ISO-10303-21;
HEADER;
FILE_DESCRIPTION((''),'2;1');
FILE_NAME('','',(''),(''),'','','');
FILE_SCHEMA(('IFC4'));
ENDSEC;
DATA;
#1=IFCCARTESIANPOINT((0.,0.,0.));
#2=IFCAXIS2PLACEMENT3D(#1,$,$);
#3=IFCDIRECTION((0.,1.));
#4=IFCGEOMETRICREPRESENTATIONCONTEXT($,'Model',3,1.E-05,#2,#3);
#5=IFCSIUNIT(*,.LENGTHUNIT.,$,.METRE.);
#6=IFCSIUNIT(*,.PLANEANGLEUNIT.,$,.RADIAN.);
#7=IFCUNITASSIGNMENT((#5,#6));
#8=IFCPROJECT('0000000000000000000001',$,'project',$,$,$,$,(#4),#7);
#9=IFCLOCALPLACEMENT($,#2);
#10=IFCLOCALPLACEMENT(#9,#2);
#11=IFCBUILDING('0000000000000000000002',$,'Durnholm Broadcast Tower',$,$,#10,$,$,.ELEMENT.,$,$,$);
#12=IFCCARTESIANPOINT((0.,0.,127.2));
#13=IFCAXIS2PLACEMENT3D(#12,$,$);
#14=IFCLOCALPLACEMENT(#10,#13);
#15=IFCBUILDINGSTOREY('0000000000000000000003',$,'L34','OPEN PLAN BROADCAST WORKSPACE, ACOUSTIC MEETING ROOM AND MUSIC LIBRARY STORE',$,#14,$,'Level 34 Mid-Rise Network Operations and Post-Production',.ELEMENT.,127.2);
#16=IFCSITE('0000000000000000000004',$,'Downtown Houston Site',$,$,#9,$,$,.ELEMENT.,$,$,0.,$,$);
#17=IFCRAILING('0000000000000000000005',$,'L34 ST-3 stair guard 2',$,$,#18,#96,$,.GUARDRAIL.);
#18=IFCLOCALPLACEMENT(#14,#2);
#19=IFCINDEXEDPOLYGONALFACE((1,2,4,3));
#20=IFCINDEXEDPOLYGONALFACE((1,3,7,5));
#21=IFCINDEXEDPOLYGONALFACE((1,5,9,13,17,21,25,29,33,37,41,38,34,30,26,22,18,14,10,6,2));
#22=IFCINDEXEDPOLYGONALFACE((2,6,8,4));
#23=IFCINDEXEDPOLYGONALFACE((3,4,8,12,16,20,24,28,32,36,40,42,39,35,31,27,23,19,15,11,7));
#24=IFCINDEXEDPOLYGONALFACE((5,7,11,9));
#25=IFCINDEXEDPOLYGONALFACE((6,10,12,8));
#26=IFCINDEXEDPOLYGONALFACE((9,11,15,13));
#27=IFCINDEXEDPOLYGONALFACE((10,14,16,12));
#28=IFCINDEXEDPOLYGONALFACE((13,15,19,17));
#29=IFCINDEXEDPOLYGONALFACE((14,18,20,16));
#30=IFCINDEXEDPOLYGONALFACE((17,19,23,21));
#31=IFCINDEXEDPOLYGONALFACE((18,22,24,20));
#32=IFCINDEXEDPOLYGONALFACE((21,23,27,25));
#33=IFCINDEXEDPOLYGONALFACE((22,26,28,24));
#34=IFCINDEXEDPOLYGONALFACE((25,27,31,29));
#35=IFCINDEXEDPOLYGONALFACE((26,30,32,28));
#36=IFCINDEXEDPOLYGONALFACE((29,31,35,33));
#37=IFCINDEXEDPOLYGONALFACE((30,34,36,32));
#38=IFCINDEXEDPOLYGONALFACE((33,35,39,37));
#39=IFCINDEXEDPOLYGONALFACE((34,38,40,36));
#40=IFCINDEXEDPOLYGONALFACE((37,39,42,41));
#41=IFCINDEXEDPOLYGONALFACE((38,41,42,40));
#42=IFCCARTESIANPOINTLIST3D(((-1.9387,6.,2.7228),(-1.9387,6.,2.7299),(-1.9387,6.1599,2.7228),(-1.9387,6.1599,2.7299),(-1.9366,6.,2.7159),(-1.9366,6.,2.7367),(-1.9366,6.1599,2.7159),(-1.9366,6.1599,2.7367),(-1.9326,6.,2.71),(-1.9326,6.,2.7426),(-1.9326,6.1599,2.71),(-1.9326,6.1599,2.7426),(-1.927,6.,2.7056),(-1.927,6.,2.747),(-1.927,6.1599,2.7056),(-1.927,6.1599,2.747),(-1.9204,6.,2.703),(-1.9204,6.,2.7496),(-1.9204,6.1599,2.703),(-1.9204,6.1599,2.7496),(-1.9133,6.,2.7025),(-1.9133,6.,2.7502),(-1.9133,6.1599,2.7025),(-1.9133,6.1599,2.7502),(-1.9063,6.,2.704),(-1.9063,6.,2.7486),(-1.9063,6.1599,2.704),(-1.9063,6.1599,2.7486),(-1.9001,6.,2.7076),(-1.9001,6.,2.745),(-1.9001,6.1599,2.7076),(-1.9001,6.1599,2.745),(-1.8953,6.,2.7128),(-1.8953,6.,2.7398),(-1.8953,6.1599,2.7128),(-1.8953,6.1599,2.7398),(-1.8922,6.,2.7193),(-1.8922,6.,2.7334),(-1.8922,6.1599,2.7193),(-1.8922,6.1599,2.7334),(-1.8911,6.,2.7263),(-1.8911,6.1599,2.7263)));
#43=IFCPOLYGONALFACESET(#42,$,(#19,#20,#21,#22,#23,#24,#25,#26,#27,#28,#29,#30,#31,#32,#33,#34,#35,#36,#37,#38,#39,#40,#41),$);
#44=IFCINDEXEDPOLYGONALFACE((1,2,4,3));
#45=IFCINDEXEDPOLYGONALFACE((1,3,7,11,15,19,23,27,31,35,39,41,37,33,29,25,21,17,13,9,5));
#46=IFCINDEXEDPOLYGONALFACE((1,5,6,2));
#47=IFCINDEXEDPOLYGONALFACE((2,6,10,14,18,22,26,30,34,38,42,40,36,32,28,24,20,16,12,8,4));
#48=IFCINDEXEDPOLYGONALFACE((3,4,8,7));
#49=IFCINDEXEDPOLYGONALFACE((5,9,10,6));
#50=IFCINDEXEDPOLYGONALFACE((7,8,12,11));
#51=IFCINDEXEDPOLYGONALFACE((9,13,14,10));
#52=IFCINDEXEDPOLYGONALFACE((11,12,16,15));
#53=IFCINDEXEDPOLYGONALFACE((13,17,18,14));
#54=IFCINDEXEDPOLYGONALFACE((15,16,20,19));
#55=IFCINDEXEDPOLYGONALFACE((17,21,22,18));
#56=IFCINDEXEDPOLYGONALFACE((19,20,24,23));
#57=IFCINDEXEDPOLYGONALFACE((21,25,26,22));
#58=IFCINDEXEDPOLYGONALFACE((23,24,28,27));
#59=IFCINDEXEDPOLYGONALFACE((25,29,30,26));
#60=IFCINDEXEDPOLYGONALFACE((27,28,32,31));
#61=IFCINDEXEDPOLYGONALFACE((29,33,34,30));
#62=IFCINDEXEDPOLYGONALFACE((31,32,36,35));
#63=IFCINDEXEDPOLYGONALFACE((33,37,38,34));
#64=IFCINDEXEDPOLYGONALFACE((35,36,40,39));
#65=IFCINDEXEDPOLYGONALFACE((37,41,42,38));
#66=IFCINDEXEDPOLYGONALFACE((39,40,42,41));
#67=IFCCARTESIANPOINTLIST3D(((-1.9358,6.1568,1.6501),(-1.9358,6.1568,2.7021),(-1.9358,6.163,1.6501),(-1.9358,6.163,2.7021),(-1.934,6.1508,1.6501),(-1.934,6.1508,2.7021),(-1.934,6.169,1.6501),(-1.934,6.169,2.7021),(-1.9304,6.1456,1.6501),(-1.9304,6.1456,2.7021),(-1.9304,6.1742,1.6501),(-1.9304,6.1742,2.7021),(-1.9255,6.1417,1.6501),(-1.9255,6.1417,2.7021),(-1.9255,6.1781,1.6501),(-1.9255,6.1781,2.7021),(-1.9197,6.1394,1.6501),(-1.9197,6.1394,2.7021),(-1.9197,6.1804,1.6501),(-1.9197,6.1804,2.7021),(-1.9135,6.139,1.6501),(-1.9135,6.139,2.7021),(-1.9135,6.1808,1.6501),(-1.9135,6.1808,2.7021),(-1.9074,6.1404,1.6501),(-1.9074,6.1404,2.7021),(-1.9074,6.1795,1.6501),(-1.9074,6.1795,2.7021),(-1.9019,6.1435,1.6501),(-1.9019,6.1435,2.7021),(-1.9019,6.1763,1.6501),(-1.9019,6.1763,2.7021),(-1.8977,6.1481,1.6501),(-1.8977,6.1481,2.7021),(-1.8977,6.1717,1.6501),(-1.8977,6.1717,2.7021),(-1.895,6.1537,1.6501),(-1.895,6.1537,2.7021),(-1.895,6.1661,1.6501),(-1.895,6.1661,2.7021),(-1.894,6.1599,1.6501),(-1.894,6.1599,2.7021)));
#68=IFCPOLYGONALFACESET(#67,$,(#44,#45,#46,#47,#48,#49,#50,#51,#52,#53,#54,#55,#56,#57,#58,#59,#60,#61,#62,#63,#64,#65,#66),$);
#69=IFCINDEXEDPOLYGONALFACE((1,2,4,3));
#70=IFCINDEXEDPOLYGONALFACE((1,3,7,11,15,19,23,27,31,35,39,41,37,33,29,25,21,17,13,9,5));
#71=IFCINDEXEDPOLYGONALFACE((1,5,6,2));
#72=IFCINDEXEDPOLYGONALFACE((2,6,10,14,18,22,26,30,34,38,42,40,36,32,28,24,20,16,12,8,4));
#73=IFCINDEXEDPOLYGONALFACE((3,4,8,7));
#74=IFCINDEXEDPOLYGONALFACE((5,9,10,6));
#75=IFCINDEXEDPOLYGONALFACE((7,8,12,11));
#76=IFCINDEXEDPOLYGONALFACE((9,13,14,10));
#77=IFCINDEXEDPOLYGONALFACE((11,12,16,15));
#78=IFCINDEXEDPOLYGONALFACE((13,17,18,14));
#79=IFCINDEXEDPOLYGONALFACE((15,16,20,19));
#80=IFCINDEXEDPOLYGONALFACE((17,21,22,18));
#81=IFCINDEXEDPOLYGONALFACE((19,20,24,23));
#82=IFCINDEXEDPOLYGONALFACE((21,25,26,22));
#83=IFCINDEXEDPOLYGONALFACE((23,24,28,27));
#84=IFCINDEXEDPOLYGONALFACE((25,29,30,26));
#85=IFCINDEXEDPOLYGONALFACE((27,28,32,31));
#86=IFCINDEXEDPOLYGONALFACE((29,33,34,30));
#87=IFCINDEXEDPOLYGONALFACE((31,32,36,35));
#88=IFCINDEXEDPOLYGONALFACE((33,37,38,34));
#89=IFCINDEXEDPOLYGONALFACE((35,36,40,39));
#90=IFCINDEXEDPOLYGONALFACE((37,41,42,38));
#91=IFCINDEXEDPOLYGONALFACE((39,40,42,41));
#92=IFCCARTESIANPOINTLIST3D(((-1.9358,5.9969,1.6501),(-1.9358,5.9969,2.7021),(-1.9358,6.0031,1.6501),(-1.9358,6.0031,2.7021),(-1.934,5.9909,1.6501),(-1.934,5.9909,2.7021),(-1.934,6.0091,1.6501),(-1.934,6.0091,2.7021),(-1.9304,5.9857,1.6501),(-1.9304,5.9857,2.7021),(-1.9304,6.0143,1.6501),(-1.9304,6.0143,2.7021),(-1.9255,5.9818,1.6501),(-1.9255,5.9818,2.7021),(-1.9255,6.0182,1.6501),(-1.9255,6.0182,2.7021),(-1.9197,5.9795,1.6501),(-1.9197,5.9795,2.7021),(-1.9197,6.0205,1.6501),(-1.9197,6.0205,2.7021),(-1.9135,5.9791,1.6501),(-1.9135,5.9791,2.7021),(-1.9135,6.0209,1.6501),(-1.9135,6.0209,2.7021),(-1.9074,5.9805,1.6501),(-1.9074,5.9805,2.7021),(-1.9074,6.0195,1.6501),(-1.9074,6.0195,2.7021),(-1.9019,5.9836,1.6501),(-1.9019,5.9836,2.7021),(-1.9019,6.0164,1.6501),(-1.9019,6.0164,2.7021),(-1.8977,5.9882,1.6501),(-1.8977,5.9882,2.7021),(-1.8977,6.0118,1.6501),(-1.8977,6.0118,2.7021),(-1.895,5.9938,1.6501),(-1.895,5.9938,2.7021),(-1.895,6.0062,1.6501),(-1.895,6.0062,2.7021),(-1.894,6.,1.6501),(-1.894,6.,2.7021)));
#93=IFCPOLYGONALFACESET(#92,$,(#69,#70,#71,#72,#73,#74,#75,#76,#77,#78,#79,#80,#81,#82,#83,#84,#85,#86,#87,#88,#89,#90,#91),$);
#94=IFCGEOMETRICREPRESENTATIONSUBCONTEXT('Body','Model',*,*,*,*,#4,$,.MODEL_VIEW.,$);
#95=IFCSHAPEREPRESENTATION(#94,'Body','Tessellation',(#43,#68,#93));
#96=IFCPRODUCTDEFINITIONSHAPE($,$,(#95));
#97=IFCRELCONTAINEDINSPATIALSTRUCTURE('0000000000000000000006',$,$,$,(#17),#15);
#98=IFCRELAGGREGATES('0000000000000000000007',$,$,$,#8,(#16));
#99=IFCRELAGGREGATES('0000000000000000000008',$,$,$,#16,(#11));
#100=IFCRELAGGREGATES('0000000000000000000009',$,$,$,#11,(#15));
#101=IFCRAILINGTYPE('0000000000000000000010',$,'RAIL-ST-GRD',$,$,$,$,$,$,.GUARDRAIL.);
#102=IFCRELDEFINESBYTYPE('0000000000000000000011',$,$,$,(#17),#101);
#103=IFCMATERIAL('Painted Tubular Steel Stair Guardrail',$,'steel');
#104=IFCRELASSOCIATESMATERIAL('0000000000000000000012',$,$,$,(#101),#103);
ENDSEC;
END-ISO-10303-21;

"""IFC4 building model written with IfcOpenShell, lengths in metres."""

from ifc_helpers import new_model, si_unit, direction, frame, origin, origin_2d, place, context, subcontext, project, spatial, circle, extrude, material, type_object, element, save


model = new_model("IFC4")

# Units and contexts
model_context = context("Model", 3, precision=1e-05, world=origin(), true_north=direction((0.0, 1.0)))
body_context = subcontext(model_context, "Body", "Model", "MODEL_VIEW")
ifc_project = project(units=[si_unit("LENGTHUNIT", "METRE"), si_unit("PLANEANGLEUNIT", "RADIAN")], contexts=[model_context])

# Site, building, storey
site_placement = place(None, origin())
site = spatial("IfcSite", under=ifc_project, at=site_placement, Name="Downtown Houston Site", CompositionType="ELEMENT", RefElevation=0.0)
building_placement = place(site_placement, origin())
building = spatial("IfcBuilding", under=site, at=building_placement, Name="Durnholm Broadcast Tower", CompositionType="ELEMENT")
storey_placement = place(building_placement, frame((0.0, 0.0, 127.2)))
storey = spatial("IfcBuildingStorey", under=building, at=storey_placement, Name="L34", Description="OPEN PLAN BROADCAST WORKSPACE, ACOUSTIC MEETING ROOM AND MUSIC LIBRARY STORE", LongName="Level 34 Mid-Rise Network Operations and Post-Production", CompositionType="ELEMENT", Elevation=127.2)

# Railing
ifc_material_1 = material(Name="Painted Tubular Steel Stair Guardrail", Category="steel")
railing_type_1 = type_object("IfcRailingType", Name="RAIL-ST-GRD", PredefinedType="GUARDRAIL", material=ifc_material_1)
railing_1_placement = place(storey_placement, frame((-1.915, 6.1599, 1.6501)))
element("IfcRailing", 1, at=railing_1_placement, inside=storey, type_object=railing_type_1, Name="L34 ST-3 stair guard 2", PredefinedType="GUARDRAIL", context=body_context, shape_type="SweptSolid", body=[
    extrude(circle(Radius=0.0239, at=origin_2d()), frame((0.0, 0.0, 1.0762), z_axis=(0.0, -1.0, 0.0), x_axis=(1.0, 0.0, 0.0)), (0.0, 0.0, 1.0), 0.1599),
    extrude(circle(Radius=0.021, at=origin_2d()), origin(), (0.0, 0.0, 1.0), 1.052),
    extrude(circle(Radius=0.021, at=origin_2d()), frame((0.0, -0.1599, 0.0)), (0.0, 0.0, 1.0), 1.052),
])

save(model, "model.ifc")
